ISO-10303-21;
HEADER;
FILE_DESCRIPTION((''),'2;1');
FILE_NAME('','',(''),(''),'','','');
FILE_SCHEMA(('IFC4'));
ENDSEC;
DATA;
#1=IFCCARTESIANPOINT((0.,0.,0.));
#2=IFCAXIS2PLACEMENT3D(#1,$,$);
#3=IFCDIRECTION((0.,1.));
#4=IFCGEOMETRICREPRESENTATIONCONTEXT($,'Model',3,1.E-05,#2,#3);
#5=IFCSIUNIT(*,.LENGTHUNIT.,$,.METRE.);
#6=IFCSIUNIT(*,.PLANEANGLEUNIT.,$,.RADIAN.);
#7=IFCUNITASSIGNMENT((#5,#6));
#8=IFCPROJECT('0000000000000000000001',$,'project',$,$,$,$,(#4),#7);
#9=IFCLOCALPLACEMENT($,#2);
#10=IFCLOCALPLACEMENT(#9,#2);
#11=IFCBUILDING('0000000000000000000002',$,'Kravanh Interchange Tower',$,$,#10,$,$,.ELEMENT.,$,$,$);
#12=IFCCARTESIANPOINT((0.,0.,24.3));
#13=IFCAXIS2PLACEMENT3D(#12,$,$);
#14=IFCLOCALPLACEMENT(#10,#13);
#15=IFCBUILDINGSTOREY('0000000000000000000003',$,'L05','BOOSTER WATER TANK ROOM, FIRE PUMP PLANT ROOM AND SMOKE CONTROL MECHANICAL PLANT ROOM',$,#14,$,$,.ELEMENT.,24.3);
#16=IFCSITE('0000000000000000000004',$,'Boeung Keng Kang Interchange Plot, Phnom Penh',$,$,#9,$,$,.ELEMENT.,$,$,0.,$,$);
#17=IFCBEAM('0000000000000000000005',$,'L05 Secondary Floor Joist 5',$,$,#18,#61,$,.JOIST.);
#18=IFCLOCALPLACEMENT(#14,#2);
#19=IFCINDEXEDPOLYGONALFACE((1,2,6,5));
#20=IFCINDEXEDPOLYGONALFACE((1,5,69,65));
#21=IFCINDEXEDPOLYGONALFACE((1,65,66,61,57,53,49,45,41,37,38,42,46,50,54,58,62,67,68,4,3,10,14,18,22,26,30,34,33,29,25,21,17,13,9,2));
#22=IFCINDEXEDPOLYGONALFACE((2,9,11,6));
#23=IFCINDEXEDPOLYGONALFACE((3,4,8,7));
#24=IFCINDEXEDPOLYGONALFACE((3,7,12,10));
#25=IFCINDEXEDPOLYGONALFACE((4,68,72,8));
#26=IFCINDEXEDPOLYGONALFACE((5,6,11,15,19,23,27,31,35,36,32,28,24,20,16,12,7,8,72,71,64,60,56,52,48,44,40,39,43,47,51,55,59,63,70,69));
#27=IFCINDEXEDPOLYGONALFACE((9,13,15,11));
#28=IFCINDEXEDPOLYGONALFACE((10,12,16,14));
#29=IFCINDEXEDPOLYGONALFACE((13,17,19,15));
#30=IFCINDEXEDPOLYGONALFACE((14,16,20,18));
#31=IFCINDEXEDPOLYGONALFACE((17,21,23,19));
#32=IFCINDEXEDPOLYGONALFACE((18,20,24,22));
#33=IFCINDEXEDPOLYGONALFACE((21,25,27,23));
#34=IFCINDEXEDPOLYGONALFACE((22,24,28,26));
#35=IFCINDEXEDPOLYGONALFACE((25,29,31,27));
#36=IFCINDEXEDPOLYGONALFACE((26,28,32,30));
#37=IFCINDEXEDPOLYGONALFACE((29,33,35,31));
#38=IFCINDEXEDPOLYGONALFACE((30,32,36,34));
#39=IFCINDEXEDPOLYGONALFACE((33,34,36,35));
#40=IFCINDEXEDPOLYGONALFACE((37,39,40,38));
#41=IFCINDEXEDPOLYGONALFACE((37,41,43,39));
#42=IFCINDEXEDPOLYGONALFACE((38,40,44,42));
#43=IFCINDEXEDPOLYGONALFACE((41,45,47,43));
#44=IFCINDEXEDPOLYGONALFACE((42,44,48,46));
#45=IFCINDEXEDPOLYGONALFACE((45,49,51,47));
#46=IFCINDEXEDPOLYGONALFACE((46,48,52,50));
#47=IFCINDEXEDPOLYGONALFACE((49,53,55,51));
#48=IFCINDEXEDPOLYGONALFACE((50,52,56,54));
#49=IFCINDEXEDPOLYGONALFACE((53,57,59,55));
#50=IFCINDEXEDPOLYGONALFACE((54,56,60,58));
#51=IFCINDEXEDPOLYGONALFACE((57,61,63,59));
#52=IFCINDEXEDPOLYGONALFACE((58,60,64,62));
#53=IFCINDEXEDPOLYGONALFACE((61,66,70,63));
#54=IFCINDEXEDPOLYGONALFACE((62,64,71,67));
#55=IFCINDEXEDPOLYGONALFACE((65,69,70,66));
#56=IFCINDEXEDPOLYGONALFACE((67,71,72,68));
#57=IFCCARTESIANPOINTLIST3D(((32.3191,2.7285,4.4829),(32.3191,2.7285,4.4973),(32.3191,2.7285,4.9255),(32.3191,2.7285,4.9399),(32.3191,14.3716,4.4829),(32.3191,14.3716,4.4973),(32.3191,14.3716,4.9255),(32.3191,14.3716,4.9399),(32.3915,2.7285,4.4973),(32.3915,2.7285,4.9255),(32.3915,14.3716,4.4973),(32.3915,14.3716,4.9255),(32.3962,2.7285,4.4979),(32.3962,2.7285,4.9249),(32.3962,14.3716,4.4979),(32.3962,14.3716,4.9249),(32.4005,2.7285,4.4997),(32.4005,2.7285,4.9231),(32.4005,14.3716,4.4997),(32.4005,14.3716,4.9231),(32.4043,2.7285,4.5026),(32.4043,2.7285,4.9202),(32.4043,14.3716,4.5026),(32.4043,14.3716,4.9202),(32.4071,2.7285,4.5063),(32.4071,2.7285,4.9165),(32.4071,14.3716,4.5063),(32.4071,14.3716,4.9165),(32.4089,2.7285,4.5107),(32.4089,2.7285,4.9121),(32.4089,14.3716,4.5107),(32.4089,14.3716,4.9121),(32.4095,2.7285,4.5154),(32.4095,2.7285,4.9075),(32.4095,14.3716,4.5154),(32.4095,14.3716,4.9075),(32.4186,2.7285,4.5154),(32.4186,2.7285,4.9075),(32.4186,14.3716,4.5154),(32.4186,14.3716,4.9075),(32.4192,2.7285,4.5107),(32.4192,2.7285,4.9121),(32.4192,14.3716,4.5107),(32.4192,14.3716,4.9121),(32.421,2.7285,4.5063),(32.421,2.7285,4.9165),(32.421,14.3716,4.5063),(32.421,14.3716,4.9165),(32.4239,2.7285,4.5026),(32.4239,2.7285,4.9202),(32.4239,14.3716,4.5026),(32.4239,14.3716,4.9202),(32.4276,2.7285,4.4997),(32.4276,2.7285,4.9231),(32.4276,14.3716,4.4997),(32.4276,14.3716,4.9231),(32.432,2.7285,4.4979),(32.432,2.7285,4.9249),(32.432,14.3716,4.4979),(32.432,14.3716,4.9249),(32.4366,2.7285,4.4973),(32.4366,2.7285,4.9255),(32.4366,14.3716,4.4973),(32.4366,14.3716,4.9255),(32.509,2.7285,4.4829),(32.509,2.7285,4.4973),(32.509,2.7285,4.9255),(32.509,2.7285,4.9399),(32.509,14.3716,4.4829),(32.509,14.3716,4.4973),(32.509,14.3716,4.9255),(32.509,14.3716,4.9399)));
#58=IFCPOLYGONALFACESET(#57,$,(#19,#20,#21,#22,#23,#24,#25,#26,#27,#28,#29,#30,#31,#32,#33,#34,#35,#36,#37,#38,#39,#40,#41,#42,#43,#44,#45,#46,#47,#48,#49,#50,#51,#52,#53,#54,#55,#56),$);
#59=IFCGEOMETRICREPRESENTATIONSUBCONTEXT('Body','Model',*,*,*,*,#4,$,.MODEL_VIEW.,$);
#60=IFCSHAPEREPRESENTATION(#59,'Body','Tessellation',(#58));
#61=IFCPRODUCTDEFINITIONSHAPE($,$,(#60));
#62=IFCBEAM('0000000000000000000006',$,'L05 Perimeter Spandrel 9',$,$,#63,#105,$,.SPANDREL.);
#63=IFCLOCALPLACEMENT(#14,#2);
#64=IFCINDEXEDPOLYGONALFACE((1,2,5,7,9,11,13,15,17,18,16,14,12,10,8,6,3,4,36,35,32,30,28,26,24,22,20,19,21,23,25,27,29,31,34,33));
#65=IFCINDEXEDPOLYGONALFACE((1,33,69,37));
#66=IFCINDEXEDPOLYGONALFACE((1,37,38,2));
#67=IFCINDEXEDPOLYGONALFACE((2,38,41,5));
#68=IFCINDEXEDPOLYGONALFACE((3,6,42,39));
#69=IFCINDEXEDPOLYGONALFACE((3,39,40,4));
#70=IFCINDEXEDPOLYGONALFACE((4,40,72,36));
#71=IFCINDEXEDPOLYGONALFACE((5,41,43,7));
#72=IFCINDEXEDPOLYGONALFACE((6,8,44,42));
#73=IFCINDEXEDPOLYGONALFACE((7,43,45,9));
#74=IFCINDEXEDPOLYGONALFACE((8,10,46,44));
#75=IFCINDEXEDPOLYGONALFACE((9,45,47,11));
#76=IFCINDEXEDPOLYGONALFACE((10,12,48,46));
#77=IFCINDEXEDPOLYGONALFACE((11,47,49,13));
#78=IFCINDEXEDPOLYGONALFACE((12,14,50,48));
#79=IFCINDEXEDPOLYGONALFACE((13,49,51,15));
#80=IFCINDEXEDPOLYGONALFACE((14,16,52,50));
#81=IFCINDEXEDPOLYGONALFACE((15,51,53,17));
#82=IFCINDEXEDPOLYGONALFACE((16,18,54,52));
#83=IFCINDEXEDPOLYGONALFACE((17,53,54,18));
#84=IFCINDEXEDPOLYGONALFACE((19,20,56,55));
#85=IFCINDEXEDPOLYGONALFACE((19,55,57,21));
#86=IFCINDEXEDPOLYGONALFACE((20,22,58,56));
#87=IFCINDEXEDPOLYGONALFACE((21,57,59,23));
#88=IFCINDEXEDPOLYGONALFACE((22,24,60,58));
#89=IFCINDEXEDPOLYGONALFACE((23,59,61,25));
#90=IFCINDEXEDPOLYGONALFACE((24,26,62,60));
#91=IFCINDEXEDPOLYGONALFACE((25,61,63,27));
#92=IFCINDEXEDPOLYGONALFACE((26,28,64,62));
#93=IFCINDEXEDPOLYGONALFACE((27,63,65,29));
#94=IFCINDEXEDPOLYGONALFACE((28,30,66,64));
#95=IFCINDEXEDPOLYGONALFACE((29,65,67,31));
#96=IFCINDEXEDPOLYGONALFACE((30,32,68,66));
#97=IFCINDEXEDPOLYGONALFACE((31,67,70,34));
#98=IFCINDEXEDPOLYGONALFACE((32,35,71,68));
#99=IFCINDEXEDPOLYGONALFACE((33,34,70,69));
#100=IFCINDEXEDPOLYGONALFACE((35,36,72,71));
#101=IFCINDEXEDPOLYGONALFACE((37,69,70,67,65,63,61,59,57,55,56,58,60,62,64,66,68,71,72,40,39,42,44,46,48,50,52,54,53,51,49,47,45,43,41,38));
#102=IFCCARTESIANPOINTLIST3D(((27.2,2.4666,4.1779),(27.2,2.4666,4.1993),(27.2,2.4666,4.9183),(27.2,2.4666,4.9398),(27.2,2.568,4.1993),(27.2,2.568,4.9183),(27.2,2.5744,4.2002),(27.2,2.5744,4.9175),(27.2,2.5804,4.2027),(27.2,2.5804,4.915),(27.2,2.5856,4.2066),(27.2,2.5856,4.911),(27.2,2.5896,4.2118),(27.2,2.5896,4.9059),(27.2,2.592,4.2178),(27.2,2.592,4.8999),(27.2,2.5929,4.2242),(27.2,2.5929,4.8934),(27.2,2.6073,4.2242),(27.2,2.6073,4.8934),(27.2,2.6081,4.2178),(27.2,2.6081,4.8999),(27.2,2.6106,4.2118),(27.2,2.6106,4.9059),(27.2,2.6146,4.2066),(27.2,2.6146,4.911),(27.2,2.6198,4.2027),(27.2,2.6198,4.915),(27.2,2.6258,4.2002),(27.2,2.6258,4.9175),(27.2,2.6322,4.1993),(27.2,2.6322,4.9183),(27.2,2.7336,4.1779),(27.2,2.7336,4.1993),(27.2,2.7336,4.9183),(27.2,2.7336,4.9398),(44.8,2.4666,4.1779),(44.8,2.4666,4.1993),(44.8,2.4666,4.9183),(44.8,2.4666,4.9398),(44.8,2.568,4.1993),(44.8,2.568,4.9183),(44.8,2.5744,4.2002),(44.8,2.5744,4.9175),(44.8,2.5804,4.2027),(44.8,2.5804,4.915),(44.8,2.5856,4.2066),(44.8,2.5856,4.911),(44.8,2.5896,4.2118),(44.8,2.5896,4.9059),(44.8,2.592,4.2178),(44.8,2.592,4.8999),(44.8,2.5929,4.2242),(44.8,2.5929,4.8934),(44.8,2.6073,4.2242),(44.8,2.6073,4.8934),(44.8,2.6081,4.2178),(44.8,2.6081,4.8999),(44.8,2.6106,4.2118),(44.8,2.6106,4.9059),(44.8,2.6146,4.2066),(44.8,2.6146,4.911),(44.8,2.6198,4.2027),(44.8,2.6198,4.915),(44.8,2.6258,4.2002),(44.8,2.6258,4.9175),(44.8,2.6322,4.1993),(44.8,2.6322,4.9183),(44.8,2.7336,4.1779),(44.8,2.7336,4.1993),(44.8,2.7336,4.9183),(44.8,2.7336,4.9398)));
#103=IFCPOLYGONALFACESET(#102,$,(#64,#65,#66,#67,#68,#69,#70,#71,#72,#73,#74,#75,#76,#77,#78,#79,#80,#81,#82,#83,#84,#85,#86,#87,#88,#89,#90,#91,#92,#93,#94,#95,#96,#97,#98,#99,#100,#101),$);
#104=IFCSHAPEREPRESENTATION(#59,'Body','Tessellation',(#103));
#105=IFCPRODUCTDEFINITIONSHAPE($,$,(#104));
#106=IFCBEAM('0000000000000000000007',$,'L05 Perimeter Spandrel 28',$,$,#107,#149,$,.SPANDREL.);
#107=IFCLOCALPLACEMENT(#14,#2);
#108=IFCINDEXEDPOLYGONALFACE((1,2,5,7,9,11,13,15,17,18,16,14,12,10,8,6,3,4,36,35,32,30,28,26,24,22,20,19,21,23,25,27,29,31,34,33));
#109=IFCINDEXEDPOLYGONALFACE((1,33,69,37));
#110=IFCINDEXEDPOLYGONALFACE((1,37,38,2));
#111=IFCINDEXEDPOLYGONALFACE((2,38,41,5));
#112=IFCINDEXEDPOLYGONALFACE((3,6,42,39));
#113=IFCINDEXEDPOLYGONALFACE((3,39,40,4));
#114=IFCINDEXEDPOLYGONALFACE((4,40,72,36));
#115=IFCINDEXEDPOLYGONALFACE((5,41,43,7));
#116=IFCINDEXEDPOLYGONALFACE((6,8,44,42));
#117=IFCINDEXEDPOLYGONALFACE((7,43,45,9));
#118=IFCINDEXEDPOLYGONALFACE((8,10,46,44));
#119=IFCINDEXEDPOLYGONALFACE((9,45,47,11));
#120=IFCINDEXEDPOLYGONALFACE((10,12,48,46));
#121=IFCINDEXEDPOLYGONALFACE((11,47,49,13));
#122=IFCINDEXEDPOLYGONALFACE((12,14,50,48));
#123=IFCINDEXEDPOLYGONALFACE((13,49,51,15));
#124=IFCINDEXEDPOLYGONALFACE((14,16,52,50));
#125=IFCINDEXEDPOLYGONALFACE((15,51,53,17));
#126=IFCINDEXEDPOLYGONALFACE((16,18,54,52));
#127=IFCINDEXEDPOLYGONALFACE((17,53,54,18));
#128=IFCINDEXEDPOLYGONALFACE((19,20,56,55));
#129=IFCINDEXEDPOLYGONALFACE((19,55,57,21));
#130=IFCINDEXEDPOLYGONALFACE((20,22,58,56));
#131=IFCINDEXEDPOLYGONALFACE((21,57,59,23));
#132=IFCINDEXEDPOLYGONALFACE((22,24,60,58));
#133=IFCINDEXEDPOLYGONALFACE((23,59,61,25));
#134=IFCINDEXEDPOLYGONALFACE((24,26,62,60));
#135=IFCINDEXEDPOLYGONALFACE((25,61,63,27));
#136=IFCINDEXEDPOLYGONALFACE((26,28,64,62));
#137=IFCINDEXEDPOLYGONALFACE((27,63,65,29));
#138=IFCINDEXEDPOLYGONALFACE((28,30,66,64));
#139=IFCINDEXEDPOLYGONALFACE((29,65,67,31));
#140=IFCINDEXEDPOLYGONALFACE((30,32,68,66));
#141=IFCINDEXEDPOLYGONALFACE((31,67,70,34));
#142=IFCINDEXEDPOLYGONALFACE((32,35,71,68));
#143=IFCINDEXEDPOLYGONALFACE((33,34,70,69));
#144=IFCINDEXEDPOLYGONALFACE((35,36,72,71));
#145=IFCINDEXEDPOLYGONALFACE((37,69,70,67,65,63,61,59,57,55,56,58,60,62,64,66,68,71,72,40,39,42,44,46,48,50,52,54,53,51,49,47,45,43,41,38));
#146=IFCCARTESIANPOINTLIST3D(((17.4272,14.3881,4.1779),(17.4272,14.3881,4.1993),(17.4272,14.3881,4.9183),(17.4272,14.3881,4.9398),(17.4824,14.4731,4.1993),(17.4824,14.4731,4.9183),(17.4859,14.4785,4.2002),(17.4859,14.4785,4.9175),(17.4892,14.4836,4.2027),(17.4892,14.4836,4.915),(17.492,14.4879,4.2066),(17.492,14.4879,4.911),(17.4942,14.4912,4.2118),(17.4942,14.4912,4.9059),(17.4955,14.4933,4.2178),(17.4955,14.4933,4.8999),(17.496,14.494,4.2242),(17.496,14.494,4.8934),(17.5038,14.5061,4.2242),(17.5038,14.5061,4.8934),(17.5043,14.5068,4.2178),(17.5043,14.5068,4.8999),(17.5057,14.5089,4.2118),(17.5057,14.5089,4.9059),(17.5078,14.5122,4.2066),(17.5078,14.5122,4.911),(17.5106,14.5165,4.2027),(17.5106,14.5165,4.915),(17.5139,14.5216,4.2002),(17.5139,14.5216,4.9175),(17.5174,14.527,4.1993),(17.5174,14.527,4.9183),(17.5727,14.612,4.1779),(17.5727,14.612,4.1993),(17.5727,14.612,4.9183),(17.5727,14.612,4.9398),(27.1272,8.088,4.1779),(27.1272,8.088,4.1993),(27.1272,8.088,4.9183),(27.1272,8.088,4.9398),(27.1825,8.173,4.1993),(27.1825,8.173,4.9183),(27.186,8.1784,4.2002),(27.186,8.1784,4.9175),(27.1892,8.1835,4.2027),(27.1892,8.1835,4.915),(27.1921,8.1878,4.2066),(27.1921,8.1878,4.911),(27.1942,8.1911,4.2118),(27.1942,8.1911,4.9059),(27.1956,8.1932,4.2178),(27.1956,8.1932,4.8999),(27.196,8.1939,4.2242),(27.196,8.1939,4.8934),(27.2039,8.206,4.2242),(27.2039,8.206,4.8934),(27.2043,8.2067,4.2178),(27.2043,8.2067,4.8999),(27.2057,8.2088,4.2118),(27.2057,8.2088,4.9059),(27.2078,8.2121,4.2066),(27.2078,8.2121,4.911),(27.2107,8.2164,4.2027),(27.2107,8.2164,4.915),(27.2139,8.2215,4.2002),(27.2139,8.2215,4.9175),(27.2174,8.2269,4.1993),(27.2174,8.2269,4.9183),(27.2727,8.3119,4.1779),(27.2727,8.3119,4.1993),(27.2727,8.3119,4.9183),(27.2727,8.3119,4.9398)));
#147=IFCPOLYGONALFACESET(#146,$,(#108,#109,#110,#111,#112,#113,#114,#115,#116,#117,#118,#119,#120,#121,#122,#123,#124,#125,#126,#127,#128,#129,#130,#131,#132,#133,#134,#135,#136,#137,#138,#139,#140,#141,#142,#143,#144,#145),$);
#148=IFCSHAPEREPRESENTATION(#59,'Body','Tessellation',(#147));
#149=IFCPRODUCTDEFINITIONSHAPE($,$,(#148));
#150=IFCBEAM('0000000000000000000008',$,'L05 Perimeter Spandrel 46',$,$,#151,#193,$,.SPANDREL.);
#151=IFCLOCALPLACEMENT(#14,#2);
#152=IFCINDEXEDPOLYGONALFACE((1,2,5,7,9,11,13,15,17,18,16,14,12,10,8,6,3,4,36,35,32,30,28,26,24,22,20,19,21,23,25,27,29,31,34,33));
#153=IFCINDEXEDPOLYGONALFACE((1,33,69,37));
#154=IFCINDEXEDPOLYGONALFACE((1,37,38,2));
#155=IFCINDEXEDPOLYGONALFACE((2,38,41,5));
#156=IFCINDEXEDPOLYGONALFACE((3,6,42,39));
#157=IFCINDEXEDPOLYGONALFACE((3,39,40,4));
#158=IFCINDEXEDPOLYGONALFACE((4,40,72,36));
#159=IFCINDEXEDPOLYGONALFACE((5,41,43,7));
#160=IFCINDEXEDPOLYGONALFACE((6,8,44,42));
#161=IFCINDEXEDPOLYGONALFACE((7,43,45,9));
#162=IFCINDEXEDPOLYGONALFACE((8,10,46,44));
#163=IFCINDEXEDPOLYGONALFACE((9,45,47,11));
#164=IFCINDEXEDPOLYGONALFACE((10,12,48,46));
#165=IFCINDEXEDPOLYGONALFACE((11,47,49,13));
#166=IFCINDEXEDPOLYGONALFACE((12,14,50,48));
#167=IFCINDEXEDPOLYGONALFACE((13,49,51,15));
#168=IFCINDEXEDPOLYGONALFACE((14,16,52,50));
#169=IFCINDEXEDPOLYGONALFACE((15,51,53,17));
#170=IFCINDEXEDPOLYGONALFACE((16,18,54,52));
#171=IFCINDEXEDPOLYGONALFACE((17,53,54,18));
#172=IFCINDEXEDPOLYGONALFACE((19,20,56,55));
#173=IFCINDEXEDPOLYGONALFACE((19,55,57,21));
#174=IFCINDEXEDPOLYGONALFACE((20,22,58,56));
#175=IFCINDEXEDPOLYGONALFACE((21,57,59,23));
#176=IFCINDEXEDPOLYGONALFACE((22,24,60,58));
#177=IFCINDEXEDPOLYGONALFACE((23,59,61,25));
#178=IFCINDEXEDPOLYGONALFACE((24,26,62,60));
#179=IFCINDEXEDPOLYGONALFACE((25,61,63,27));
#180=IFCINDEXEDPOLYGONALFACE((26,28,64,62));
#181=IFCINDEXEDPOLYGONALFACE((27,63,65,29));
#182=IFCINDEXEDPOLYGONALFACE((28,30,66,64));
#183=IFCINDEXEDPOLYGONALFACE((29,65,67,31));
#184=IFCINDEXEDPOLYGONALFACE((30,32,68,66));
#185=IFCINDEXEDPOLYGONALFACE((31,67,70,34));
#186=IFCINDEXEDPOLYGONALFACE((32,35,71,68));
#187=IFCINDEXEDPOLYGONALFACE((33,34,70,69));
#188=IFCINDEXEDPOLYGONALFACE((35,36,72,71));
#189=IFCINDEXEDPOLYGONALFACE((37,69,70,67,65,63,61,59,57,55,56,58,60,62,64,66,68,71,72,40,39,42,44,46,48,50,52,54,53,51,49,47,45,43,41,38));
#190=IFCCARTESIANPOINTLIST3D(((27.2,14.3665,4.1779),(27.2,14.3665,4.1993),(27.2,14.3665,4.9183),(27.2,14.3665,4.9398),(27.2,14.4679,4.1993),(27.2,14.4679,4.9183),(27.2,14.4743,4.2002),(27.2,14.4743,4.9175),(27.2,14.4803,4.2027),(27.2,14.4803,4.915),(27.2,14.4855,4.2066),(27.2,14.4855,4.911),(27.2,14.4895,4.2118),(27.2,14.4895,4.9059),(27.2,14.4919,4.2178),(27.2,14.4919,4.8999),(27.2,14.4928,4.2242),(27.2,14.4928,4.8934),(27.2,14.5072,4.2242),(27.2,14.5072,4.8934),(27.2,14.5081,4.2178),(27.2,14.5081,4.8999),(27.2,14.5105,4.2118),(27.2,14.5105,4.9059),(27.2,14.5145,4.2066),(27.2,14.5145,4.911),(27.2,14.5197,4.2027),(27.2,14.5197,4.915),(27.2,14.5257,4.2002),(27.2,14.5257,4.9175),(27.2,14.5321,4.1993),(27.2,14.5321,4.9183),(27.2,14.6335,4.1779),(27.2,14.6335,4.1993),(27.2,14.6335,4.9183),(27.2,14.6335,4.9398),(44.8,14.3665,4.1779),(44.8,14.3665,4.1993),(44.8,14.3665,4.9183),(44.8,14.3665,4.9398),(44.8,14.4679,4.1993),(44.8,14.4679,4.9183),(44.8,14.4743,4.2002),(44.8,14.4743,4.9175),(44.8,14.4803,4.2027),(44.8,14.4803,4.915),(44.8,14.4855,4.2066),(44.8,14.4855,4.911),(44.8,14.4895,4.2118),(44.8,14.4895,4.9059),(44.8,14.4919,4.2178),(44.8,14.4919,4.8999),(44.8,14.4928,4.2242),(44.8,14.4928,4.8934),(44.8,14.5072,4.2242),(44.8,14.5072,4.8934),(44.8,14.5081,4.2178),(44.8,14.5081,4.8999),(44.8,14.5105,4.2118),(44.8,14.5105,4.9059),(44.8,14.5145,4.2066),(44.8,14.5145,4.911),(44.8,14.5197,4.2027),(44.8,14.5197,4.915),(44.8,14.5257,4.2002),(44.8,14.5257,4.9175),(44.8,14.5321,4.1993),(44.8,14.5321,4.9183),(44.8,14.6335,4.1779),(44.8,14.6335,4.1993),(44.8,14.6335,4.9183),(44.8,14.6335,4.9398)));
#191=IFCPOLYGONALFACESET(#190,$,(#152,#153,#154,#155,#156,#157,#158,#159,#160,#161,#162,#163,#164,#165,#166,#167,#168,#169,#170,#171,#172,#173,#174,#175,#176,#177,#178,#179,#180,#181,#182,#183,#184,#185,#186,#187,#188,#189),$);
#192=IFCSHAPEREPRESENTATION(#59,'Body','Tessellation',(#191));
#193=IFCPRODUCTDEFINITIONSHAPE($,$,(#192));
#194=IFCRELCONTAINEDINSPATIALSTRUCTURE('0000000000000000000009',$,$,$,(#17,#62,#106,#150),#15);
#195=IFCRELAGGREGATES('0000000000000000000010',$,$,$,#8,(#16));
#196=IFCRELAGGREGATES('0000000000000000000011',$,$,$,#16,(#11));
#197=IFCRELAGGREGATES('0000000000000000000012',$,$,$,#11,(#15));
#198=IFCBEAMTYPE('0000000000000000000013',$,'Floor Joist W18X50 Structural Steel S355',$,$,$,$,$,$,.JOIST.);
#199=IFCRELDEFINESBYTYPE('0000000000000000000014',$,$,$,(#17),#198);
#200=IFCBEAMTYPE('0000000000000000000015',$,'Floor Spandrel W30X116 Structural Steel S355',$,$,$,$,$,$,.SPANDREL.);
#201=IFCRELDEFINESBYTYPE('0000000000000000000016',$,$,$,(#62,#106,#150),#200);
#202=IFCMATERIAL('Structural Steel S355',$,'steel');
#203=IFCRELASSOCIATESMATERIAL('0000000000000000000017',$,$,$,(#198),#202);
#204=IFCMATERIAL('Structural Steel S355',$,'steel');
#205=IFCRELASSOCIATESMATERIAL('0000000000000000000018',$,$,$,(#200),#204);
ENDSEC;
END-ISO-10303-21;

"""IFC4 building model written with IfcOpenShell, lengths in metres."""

from ifc_helpers import new_model, si_unit, direction, frame, origin, origin_2d, place, context, subcontext, project, spatial, i_section, extrude, material, material_profile, profile_set, type_object, element, save


model = new_model("IFC4")

# Units and contexts
model_context = context("Model", 3, precision=1e-05, world=origin(), true_north=direction((0.0, 1.0)))
body_context = subcontext(model_context, "Body", "Model", "MODEL_VIEW")
ifc_project = project(units=[si_unit("LENGTHUNIT", "METRE"), si_unit("PLANEANGLEUNIT", "RADIAN")], contexts=[model_context])

# Site, building, storey
site_placement = place(None, origin())
site = spatial("IfcSite", under=ifc_project, at=site_placement, Name="Boeung Keng Kang Interchange Plot, Phnom Penh", CompositionType="ELEMENT", RefElevation=0.0)
building_placement = place(site_placement, origin())
building = spatial("IfcBuilding", under=site, at=building_placement, Name="Kravanh Interchange Tower", CompositionType="ELEMENT")
storey_placement = place(building_placement, frame((0.0, 0.0, 24.3)))
storey = spatial("IfcBuildingStorey", under=building, at=storey_placement, Name="L05", Description="BOOSTER WATER TANK ROOM, FIRE PUMP PLANT ROOM AND SMOKE CONTROL MECHANICAL PLANT ROOM", CompositionType="ELEMENT", Elevation=24.3)

# Beams
ifc_material_1 = material(Name="Structural Steel S355", Category="steel")
ifc_material_profile_1 = material_profile(ifc_material_1, i_section(OverallWidth=0.1899, OverallDepth=0.457, WebThickness=0.009, FlangeThickness=0.0144, FilletRadius=0.0181, at=origin_2d()), Name="W18X50")
ifc_profile_set_1 = profile_set([ifc_material_profile_1], Name="Structural Steel S355")
beam_type_1 = type_object("IfcBeamType", Name="Floor Joist W18X50 Structural Steel S355", PredefinedType="JOIST", material=ifc_profile_set_1)
beam_1_placement = place(storey_placement, frame((32.4141, 2.7285, 4.7114), z_axis=(0.0, 1.0, 0.0), x_axis=(-1.0, 0.0, 0.0)))
element("IfcBeam", 1, at=beam_1_placement, inside=storey, type_object=beam_type_1, Name="L05 Secondary Floor Joist 5", PredefinedType="JOIST", context=body_context, shape_type="SweptSolid", body=[
    extrude(i_section(OverallWidth=0.1899, OverallDepth=0.457, WebThickness=0.009, FlangeThickness=0.0144, FilletRadius=0.0181, at=origin_2d()), origin(), (0.0, 0.0, 1.0), 11.6431),
])
ifc_material_2 = material(Name="Structural Steel S355", Category="steel")
ifc_material_profile_2 = material_profile(ifc_material_2, i_section(OverallWidth=0.2671, OverallDepth=0.762, WebThickness=0.0144, FlangeThickness=0.0215, FilletRadius=0.0249, at=origin_2d()), Name="W30X116")
ifc_profile_set_2 = profile_set([ifc_material_profile_2], Name="Structural Steel S355")
beam_type_2 = type_object("IfcBeamType", Name="Floor Spandrel W30X116 Structural Steel S355", PredefinedType="SPANDREL", material=ifc_profile_set_2)
beam_2_placement = place(storey_placement, frame((27.2, 2.6001, 4.5588), z_axis=(1.0, 0.0, 0.0), x_axis=(0.0, 1.0, 0.0)))
element("IfcBeam", 2, at=beam_2_placement, inside=storey, type_object=beam_type_2, Name="L05 Perimeter Spandrel 9", PredefinedType="SPANDREL", context=body_context, shape_type="SweptSolid", body=[
    extrude(i_section(OverallWidth=0.2671, OverallDepth=0.762, WebThickness=0.0144, FlangeThickness=0.0215, FilletRadius=0.0249, at=origin_2d()), origin(), (0.0, 0.0, 1.0), 17.6001),
])
beam_3_placement = place(storey_placement, frame((27.2, 8.2, 4.5588), z_axis=(-0.838638, 0.544689, 0.0), x_axis=(-0.544689, -0.838638, 0.0)))
element("IfcBeam", 3, at=beam_3_placement, inside=storey, type_object=beam_type_2, Name="L05 Perimeter Spandrel 28", PredefinedType="SPANDREL", context=body_context, shape_type="SweptSolid", body=[
    extrude(i_section(OverallWidth=0.2671, OverallDepth=0.762, WebThickness=0.0144, FlangeThickness=0.0215, FilletRadius=0.0249, at=origin_2d()), origin(), (0.0, 0.0, 1.0), 11.5664),
])
beam_4_placement = place(storey_placement, frame((27.2, 14.5, 4.5588), z_axis=(1.0, 0.0, 0.0), x_axis=(0.0, 1.0, 0.0)))
element("IfcBeam", 4, at=beam_4_placement, inside=storey, type_object=beam_type_2, Name="L05 Perimeter Spandrel 46", PredefinedType="SPANDREL", context=body_context, shape_type="SweptSolid", body=[
    extrude(i_section(OverallWidth=0.2671, OverallDepth=0.762, WebThickness=0.0144, FlangeThickness=0.0215, FilletRadius=0.0249, at=origin_2d()), origin(), (0.0, 0.0, 1.0), 17.6001),
])

save(model, "model.ifc")
